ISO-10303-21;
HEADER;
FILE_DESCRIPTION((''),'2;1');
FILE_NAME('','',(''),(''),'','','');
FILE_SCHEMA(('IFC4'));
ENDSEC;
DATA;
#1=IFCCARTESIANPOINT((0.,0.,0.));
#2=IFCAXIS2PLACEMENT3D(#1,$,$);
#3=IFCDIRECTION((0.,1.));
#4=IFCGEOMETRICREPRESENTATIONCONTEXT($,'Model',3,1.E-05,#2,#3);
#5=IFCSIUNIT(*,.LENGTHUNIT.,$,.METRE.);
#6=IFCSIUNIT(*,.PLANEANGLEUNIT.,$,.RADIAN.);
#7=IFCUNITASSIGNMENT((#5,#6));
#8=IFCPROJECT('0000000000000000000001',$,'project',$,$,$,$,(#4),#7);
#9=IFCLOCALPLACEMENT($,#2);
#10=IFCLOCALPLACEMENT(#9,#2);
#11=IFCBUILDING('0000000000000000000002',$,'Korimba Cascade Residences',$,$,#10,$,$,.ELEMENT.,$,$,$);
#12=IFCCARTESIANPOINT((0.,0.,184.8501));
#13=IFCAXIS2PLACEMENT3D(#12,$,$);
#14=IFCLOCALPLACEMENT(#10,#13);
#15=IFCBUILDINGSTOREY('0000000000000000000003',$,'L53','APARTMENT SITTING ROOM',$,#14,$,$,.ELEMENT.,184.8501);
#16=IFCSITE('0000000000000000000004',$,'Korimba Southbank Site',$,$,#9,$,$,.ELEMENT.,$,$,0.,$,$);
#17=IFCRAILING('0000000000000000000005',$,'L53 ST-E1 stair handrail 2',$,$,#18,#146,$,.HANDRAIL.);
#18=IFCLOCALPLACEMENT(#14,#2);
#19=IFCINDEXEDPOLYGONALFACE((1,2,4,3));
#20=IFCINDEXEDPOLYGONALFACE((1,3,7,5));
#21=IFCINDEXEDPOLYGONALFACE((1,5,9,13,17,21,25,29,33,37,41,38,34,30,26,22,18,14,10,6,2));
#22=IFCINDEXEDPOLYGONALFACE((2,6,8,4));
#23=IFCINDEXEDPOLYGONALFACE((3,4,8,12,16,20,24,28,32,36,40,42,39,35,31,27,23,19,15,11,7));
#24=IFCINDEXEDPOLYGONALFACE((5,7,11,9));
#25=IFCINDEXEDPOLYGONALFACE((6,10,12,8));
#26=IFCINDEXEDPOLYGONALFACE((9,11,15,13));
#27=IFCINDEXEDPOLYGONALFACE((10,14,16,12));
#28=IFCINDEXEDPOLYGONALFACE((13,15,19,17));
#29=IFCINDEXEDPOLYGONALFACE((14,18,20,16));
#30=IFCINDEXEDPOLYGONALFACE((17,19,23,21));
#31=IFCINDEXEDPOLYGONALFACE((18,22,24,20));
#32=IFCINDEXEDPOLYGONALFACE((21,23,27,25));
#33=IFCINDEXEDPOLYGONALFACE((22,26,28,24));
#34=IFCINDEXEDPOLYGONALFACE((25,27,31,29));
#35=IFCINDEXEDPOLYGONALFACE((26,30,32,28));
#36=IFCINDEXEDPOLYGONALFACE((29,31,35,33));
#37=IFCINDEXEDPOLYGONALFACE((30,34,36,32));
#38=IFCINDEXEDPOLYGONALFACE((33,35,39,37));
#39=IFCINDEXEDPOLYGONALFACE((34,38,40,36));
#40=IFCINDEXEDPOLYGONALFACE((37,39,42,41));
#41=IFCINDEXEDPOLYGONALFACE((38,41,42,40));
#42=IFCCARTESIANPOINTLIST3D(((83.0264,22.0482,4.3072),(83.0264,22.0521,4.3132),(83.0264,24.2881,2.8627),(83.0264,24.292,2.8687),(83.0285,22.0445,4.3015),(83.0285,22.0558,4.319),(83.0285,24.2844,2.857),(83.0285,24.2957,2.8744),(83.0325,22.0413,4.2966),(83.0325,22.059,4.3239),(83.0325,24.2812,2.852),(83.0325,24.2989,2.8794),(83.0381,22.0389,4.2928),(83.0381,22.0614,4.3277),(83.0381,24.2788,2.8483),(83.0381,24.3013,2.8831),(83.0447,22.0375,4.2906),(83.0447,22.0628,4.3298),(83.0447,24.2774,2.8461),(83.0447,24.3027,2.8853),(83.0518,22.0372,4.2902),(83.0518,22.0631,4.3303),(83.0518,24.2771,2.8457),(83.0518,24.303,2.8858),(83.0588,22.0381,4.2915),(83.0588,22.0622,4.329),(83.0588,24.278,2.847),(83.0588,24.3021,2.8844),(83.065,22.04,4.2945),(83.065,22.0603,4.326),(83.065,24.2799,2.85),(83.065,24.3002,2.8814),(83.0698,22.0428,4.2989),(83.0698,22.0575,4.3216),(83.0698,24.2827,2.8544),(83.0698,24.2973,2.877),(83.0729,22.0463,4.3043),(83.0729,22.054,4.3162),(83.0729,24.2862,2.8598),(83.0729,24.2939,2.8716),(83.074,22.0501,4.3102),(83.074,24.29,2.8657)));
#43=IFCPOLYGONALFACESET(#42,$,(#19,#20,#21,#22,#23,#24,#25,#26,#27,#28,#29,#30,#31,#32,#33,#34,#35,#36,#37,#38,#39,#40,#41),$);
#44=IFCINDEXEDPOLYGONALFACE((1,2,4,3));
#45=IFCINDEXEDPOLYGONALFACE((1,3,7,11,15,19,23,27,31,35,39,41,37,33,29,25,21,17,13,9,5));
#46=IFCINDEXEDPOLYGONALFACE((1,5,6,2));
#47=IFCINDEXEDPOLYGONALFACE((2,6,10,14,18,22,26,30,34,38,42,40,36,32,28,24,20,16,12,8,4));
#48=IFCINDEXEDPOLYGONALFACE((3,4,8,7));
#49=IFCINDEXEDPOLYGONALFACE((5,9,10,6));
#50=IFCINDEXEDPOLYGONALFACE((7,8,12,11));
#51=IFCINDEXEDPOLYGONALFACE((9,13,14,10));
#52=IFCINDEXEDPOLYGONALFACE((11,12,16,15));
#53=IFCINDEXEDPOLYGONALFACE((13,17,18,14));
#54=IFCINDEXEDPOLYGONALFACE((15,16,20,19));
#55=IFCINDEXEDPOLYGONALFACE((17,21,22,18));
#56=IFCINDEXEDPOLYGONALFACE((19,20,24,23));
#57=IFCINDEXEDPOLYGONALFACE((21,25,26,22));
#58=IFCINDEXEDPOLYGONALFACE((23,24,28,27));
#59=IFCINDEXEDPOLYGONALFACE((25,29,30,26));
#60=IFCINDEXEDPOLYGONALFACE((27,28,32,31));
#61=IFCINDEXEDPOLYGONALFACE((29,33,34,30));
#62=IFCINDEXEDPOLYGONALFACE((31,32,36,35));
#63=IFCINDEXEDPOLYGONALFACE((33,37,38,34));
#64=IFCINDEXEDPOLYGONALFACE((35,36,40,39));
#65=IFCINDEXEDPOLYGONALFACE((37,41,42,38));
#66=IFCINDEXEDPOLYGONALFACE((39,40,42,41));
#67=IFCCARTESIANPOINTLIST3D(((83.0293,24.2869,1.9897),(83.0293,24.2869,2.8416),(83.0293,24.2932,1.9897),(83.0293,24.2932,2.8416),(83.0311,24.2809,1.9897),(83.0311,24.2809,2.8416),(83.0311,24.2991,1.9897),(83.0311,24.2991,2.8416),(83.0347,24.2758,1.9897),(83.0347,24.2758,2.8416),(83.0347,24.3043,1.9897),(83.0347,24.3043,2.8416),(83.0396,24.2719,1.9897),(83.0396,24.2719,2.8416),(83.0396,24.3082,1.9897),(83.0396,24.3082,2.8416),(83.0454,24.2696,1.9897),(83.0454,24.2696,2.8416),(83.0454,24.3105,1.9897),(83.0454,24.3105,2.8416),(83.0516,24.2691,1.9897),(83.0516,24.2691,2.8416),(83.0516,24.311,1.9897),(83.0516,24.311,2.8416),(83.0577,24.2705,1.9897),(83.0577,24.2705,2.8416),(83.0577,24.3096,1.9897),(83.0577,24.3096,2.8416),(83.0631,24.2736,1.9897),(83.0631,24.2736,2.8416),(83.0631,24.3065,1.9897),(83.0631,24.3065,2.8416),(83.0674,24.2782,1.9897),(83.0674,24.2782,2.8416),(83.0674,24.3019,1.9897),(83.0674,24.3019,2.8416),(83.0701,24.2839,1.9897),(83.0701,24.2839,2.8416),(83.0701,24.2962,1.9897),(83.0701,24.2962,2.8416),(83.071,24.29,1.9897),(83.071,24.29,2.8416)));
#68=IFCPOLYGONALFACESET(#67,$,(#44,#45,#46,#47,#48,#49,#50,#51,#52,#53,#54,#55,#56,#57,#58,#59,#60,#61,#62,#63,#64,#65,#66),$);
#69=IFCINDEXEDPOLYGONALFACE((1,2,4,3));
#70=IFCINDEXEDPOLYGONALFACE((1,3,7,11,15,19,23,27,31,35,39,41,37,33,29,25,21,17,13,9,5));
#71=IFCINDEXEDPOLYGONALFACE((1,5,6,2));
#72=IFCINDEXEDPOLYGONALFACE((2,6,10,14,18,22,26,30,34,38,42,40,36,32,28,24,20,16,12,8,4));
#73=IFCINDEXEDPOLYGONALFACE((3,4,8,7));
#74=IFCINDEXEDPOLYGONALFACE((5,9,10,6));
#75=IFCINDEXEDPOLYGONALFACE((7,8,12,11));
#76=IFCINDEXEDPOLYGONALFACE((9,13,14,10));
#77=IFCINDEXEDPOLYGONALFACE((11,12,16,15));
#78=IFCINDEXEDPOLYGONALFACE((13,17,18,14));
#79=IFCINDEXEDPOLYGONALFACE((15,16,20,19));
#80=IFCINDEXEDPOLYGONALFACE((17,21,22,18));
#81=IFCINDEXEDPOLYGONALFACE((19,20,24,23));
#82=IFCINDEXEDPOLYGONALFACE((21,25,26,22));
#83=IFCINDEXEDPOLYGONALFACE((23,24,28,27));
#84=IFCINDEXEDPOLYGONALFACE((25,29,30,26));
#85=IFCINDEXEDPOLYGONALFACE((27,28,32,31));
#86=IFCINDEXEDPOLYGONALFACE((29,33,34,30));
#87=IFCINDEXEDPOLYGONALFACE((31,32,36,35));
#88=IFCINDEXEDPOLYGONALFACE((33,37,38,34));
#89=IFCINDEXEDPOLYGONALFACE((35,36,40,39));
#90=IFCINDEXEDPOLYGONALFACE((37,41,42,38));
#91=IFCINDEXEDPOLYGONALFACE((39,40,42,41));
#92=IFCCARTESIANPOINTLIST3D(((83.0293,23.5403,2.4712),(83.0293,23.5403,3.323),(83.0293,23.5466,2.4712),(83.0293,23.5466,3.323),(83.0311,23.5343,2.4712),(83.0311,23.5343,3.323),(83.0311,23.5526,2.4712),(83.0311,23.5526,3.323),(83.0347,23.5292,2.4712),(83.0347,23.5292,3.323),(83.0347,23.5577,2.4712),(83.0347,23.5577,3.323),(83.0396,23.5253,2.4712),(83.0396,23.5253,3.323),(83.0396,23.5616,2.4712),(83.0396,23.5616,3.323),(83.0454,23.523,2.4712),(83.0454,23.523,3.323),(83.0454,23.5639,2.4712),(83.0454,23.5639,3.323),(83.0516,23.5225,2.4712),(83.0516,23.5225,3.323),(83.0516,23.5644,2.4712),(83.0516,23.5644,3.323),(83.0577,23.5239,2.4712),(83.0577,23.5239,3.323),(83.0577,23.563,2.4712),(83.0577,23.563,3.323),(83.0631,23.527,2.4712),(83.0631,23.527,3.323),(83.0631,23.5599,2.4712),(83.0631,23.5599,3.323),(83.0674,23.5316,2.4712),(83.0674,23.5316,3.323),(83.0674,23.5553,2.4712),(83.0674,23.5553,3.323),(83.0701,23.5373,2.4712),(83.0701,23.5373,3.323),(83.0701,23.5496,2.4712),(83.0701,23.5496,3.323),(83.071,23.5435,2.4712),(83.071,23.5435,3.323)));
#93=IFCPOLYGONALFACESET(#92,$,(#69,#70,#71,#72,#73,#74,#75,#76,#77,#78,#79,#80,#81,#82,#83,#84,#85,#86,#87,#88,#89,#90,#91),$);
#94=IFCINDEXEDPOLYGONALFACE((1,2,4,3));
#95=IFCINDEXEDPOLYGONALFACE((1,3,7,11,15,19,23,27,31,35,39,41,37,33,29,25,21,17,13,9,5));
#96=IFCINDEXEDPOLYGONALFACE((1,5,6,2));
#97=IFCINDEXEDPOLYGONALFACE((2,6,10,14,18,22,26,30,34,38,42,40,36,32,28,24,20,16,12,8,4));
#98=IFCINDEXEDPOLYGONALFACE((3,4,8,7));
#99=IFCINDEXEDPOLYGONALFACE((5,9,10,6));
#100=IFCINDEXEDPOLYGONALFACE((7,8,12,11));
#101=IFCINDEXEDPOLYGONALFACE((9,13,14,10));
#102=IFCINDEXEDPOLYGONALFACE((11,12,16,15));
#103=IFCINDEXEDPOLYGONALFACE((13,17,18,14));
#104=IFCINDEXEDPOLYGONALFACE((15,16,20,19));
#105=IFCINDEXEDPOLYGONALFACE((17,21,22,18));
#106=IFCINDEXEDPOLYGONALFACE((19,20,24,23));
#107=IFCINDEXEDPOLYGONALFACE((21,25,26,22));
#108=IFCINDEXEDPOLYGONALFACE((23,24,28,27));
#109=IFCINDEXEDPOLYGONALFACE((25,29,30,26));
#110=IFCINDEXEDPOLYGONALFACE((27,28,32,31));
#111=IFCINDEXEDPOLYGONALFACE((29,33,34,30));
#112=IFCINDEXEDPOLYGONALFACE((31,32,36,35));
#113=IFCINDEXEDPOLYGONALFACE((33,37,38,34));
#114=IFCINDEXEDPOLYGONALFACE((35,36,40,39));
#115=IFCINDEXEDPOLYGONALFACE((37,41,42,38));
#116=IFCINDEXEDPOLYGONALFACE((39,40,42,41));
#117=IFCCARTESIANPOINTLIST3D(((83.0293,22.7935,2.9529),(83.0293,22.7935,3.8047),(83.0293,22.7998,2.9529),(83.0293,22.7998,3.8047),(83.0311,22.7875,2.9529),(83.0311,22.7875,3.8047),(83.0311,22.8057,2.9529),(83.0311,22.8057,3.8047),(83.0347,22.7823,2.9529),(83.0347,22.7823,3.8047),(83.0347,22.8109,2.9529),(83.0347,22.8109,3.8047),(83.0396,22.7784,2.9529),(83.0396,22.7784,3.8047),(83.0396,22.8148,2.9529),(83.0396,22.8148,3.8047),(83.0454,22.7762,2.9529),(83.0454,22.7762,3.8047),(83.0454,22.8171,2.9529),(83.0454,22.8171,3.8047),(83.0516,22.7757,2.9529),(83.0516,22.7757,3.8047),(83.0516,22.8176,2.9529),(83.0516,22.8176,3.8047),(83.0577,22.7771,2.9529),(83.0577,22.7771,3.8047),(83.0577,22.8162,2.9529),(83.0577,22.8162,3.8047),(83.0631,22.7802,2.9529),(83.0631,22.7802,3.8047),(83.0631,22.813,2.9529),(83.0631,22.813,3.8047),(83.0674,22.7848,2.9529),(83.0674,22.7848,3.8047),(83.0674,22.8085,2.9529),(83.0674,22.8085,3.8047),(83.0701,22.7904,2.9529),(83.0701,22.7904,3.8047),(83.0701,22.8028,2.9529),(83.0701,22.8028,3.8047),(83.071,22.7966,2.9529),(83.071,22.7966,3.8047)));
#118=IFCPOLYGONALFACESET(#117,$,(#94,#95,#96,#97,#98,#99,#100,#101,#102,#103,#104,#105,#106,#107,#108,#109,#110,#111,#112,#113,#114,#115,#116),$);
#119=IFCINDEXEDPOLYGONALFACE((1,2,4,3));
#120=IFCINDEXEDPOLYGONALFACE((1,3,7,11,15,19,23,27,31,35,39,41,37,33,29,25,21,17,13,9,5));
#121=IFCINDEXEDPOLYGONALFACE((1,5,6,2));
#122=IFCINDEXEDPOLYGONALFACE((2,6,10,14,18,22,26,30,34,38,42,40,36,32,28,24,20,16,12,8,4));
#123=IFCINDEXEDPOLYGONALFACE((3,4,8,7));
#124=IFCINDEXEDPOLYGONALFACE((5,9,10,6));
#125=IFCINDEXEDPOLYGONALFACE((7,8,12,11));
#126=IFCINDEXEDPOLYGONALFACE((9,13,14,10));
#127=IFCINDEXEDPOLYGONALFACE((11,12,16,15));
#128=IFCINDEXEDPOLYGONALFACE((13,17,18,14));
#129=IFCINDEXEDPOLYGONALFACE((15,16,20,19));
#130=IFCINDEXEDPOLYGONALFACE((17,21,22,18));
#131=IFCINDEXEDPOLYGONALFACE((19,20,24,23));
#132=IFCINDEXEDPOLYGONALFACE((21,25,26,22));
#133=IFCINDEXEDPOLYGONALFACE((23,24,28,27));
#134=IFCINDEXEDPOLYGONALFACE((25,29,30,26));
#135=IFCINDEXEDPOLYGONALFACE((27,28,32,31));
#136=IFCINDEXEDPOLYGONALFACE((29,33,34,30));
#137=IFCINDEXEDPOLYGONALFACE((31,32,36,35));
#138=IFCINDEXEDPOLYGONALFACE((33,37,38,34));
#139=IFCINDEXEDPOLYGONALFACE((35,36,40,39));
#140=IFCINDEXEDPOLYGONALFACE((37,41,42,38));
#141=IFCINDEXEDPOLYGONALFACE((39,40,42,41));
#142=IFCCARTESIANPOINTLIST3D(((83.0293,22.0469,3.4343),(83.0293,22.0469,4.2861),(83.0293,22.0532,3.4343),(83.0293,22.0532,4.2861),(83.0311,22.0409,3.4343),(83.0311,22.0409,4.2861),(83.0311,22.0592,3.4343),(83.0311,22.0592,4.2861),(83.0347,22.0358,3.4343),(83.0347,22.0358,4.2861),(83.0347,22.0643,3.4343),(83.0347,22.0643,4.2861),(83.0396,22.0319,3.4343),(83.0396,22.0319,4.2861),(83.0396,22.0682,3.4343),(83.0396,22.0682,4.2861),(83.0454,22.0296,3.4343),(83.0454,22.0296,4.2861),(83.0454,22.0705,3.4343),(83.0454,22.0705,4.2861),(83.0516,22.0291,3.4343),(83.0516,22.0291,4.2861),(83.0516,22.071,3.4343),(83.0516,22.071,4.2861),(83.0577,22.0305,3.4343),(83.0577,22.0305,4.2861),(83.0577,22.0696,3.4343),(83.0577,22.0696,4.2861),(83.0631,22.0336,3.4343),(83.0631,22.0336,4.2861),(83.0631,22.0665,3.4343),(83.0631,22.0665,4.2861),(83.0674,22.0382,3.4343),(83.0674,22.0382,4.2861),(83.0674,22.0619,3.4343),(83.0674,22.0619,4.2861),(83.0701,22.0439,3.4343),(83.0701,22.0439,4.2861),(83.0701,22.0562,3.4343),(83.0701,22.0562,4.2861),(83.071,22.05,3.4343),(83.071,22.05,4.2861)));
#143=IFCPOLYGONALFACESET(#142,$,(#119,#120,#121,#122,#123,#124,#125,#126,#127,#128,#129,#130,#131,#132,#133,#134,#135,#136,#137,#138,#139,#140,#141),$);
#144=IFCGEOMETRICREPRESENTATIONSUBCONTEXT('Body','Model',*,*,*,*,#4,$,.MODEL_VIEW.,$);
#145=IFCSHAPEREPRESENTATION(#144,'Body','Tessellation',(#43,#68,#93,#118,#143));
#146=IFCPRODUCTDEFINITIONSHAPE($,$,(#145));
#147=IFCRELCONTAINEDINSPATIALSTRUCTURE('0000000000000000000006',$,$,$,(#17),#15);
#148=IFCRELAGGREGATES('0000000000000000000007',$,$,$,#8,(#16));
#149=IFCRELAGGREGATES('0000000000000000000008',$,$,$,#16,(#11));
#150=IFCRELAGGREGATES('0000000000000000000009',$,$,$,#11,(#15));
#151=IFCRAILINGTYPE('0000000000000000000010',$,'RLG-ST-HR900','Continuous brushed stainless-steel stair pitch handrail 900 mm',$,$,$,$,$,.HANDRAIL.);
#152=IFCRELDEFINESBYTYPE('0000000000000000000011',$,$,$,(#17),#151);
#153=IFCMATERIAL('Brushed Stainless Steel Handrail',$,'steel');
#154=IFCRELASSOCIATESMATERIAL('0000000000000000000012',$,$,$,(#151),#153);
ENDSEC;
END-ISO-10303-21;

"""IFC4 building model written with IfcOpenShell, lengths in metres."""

from ifc_helpers import new_model, si_unit, direction, frame, origin, origin_2d, place, context, subcontext, project, spatial, circle, extrude, material, type_object, element, save


model = new_model("IFC4")

# Units and contexts
model_context = context("Model", 3, precision=1e-05, world=origin(), true_north=direction((0.0, 1.0)))
body_context = subcontext(model_context, "Body", "Model", "MODEL_VIEW")
ifc_project = project(units=[si_unit("LENGTHUNIT", "METRE"), si_unit("PLANEANGLEUNIT", "RADIAN")], contexts=[model_context])

# Site, building, storey
site_placement = place(None, origin())
site = spatial("IfcSite", under=ifc_project, at=site_placement, Name="Korimba Southbank Site", CompositionType="ELEMENT", RefElevation=0.0)
building_placement = place(site_placement, origin())
building = spatial("IfcBuilding", under=site, at=building_placement, Name="Korimba Cascade Residences", CompositionType="ELEMENT")
storey_placement = place(building_placement, frame((0.0, 0.0, 184.8501)))
storey = spatial("IfcBuildingStorey", under=building, at=storey_placement, Name="L53", Description="APARTMENT SITTING ROOM", CompositionType="ELEMENT", Elevation=184.8501)

# Railing
ifc_material_1 = material(Name="Brushed Stainless Steel Handrail", Category="steel")
railing_type_1 = type_object("IfcRailingType", Name="RLG-ST-HR900", Description="Continuous brushed stainless-steel stair pitch handrail 900 mm", PredefinedType="HANDRAIL", material=ifc_material_1)
railing_1_placement = place(storey_placement, frame((83.05, 24.29, 1.9897)))
element("IfcRailing", 1, at=railing_1_placement, inside=storey, type_object=railing_type_1, Name="L53 ST-E1 stair handrail 2", PredefinedType="HANDRAIL", context=body_context, shape_type="SweptSolid", body=[
    extrude(circle(Radius=0.0239, at=origin_2d()), frame((0.0, 0.0, 0.876), z_axis=(0.0, -0.840395, 0.541975), x_axis=(1.0, 0.0, 0.0)), (0.0, 0.0, 1.0), 2.6653),
    extrude(circle(Radius=0.021, at=origin_2d()), origin(), (0.0, 0.0, 1.0), 0.8518),
    extrude(circle(Radius=0.021, at=origin_2d()), frame((0.0, -0.7466, 0.4814)), (0.0, 0.0, 1.0), 0.8518),
    extrude(circle(Radius=0.021, at=origin_2d()), frame((0.0, -1.4934, 0.9631)), (0.0, 0.0, 1.0), 0.8518),
    extrude(circle(Radius=0.021, at=origin_2d()), frame((0.0, -2.24, 1.4446)), (0.0, 0.0, 1.0), 0.8518),
])

save(model, "model.ifc")
